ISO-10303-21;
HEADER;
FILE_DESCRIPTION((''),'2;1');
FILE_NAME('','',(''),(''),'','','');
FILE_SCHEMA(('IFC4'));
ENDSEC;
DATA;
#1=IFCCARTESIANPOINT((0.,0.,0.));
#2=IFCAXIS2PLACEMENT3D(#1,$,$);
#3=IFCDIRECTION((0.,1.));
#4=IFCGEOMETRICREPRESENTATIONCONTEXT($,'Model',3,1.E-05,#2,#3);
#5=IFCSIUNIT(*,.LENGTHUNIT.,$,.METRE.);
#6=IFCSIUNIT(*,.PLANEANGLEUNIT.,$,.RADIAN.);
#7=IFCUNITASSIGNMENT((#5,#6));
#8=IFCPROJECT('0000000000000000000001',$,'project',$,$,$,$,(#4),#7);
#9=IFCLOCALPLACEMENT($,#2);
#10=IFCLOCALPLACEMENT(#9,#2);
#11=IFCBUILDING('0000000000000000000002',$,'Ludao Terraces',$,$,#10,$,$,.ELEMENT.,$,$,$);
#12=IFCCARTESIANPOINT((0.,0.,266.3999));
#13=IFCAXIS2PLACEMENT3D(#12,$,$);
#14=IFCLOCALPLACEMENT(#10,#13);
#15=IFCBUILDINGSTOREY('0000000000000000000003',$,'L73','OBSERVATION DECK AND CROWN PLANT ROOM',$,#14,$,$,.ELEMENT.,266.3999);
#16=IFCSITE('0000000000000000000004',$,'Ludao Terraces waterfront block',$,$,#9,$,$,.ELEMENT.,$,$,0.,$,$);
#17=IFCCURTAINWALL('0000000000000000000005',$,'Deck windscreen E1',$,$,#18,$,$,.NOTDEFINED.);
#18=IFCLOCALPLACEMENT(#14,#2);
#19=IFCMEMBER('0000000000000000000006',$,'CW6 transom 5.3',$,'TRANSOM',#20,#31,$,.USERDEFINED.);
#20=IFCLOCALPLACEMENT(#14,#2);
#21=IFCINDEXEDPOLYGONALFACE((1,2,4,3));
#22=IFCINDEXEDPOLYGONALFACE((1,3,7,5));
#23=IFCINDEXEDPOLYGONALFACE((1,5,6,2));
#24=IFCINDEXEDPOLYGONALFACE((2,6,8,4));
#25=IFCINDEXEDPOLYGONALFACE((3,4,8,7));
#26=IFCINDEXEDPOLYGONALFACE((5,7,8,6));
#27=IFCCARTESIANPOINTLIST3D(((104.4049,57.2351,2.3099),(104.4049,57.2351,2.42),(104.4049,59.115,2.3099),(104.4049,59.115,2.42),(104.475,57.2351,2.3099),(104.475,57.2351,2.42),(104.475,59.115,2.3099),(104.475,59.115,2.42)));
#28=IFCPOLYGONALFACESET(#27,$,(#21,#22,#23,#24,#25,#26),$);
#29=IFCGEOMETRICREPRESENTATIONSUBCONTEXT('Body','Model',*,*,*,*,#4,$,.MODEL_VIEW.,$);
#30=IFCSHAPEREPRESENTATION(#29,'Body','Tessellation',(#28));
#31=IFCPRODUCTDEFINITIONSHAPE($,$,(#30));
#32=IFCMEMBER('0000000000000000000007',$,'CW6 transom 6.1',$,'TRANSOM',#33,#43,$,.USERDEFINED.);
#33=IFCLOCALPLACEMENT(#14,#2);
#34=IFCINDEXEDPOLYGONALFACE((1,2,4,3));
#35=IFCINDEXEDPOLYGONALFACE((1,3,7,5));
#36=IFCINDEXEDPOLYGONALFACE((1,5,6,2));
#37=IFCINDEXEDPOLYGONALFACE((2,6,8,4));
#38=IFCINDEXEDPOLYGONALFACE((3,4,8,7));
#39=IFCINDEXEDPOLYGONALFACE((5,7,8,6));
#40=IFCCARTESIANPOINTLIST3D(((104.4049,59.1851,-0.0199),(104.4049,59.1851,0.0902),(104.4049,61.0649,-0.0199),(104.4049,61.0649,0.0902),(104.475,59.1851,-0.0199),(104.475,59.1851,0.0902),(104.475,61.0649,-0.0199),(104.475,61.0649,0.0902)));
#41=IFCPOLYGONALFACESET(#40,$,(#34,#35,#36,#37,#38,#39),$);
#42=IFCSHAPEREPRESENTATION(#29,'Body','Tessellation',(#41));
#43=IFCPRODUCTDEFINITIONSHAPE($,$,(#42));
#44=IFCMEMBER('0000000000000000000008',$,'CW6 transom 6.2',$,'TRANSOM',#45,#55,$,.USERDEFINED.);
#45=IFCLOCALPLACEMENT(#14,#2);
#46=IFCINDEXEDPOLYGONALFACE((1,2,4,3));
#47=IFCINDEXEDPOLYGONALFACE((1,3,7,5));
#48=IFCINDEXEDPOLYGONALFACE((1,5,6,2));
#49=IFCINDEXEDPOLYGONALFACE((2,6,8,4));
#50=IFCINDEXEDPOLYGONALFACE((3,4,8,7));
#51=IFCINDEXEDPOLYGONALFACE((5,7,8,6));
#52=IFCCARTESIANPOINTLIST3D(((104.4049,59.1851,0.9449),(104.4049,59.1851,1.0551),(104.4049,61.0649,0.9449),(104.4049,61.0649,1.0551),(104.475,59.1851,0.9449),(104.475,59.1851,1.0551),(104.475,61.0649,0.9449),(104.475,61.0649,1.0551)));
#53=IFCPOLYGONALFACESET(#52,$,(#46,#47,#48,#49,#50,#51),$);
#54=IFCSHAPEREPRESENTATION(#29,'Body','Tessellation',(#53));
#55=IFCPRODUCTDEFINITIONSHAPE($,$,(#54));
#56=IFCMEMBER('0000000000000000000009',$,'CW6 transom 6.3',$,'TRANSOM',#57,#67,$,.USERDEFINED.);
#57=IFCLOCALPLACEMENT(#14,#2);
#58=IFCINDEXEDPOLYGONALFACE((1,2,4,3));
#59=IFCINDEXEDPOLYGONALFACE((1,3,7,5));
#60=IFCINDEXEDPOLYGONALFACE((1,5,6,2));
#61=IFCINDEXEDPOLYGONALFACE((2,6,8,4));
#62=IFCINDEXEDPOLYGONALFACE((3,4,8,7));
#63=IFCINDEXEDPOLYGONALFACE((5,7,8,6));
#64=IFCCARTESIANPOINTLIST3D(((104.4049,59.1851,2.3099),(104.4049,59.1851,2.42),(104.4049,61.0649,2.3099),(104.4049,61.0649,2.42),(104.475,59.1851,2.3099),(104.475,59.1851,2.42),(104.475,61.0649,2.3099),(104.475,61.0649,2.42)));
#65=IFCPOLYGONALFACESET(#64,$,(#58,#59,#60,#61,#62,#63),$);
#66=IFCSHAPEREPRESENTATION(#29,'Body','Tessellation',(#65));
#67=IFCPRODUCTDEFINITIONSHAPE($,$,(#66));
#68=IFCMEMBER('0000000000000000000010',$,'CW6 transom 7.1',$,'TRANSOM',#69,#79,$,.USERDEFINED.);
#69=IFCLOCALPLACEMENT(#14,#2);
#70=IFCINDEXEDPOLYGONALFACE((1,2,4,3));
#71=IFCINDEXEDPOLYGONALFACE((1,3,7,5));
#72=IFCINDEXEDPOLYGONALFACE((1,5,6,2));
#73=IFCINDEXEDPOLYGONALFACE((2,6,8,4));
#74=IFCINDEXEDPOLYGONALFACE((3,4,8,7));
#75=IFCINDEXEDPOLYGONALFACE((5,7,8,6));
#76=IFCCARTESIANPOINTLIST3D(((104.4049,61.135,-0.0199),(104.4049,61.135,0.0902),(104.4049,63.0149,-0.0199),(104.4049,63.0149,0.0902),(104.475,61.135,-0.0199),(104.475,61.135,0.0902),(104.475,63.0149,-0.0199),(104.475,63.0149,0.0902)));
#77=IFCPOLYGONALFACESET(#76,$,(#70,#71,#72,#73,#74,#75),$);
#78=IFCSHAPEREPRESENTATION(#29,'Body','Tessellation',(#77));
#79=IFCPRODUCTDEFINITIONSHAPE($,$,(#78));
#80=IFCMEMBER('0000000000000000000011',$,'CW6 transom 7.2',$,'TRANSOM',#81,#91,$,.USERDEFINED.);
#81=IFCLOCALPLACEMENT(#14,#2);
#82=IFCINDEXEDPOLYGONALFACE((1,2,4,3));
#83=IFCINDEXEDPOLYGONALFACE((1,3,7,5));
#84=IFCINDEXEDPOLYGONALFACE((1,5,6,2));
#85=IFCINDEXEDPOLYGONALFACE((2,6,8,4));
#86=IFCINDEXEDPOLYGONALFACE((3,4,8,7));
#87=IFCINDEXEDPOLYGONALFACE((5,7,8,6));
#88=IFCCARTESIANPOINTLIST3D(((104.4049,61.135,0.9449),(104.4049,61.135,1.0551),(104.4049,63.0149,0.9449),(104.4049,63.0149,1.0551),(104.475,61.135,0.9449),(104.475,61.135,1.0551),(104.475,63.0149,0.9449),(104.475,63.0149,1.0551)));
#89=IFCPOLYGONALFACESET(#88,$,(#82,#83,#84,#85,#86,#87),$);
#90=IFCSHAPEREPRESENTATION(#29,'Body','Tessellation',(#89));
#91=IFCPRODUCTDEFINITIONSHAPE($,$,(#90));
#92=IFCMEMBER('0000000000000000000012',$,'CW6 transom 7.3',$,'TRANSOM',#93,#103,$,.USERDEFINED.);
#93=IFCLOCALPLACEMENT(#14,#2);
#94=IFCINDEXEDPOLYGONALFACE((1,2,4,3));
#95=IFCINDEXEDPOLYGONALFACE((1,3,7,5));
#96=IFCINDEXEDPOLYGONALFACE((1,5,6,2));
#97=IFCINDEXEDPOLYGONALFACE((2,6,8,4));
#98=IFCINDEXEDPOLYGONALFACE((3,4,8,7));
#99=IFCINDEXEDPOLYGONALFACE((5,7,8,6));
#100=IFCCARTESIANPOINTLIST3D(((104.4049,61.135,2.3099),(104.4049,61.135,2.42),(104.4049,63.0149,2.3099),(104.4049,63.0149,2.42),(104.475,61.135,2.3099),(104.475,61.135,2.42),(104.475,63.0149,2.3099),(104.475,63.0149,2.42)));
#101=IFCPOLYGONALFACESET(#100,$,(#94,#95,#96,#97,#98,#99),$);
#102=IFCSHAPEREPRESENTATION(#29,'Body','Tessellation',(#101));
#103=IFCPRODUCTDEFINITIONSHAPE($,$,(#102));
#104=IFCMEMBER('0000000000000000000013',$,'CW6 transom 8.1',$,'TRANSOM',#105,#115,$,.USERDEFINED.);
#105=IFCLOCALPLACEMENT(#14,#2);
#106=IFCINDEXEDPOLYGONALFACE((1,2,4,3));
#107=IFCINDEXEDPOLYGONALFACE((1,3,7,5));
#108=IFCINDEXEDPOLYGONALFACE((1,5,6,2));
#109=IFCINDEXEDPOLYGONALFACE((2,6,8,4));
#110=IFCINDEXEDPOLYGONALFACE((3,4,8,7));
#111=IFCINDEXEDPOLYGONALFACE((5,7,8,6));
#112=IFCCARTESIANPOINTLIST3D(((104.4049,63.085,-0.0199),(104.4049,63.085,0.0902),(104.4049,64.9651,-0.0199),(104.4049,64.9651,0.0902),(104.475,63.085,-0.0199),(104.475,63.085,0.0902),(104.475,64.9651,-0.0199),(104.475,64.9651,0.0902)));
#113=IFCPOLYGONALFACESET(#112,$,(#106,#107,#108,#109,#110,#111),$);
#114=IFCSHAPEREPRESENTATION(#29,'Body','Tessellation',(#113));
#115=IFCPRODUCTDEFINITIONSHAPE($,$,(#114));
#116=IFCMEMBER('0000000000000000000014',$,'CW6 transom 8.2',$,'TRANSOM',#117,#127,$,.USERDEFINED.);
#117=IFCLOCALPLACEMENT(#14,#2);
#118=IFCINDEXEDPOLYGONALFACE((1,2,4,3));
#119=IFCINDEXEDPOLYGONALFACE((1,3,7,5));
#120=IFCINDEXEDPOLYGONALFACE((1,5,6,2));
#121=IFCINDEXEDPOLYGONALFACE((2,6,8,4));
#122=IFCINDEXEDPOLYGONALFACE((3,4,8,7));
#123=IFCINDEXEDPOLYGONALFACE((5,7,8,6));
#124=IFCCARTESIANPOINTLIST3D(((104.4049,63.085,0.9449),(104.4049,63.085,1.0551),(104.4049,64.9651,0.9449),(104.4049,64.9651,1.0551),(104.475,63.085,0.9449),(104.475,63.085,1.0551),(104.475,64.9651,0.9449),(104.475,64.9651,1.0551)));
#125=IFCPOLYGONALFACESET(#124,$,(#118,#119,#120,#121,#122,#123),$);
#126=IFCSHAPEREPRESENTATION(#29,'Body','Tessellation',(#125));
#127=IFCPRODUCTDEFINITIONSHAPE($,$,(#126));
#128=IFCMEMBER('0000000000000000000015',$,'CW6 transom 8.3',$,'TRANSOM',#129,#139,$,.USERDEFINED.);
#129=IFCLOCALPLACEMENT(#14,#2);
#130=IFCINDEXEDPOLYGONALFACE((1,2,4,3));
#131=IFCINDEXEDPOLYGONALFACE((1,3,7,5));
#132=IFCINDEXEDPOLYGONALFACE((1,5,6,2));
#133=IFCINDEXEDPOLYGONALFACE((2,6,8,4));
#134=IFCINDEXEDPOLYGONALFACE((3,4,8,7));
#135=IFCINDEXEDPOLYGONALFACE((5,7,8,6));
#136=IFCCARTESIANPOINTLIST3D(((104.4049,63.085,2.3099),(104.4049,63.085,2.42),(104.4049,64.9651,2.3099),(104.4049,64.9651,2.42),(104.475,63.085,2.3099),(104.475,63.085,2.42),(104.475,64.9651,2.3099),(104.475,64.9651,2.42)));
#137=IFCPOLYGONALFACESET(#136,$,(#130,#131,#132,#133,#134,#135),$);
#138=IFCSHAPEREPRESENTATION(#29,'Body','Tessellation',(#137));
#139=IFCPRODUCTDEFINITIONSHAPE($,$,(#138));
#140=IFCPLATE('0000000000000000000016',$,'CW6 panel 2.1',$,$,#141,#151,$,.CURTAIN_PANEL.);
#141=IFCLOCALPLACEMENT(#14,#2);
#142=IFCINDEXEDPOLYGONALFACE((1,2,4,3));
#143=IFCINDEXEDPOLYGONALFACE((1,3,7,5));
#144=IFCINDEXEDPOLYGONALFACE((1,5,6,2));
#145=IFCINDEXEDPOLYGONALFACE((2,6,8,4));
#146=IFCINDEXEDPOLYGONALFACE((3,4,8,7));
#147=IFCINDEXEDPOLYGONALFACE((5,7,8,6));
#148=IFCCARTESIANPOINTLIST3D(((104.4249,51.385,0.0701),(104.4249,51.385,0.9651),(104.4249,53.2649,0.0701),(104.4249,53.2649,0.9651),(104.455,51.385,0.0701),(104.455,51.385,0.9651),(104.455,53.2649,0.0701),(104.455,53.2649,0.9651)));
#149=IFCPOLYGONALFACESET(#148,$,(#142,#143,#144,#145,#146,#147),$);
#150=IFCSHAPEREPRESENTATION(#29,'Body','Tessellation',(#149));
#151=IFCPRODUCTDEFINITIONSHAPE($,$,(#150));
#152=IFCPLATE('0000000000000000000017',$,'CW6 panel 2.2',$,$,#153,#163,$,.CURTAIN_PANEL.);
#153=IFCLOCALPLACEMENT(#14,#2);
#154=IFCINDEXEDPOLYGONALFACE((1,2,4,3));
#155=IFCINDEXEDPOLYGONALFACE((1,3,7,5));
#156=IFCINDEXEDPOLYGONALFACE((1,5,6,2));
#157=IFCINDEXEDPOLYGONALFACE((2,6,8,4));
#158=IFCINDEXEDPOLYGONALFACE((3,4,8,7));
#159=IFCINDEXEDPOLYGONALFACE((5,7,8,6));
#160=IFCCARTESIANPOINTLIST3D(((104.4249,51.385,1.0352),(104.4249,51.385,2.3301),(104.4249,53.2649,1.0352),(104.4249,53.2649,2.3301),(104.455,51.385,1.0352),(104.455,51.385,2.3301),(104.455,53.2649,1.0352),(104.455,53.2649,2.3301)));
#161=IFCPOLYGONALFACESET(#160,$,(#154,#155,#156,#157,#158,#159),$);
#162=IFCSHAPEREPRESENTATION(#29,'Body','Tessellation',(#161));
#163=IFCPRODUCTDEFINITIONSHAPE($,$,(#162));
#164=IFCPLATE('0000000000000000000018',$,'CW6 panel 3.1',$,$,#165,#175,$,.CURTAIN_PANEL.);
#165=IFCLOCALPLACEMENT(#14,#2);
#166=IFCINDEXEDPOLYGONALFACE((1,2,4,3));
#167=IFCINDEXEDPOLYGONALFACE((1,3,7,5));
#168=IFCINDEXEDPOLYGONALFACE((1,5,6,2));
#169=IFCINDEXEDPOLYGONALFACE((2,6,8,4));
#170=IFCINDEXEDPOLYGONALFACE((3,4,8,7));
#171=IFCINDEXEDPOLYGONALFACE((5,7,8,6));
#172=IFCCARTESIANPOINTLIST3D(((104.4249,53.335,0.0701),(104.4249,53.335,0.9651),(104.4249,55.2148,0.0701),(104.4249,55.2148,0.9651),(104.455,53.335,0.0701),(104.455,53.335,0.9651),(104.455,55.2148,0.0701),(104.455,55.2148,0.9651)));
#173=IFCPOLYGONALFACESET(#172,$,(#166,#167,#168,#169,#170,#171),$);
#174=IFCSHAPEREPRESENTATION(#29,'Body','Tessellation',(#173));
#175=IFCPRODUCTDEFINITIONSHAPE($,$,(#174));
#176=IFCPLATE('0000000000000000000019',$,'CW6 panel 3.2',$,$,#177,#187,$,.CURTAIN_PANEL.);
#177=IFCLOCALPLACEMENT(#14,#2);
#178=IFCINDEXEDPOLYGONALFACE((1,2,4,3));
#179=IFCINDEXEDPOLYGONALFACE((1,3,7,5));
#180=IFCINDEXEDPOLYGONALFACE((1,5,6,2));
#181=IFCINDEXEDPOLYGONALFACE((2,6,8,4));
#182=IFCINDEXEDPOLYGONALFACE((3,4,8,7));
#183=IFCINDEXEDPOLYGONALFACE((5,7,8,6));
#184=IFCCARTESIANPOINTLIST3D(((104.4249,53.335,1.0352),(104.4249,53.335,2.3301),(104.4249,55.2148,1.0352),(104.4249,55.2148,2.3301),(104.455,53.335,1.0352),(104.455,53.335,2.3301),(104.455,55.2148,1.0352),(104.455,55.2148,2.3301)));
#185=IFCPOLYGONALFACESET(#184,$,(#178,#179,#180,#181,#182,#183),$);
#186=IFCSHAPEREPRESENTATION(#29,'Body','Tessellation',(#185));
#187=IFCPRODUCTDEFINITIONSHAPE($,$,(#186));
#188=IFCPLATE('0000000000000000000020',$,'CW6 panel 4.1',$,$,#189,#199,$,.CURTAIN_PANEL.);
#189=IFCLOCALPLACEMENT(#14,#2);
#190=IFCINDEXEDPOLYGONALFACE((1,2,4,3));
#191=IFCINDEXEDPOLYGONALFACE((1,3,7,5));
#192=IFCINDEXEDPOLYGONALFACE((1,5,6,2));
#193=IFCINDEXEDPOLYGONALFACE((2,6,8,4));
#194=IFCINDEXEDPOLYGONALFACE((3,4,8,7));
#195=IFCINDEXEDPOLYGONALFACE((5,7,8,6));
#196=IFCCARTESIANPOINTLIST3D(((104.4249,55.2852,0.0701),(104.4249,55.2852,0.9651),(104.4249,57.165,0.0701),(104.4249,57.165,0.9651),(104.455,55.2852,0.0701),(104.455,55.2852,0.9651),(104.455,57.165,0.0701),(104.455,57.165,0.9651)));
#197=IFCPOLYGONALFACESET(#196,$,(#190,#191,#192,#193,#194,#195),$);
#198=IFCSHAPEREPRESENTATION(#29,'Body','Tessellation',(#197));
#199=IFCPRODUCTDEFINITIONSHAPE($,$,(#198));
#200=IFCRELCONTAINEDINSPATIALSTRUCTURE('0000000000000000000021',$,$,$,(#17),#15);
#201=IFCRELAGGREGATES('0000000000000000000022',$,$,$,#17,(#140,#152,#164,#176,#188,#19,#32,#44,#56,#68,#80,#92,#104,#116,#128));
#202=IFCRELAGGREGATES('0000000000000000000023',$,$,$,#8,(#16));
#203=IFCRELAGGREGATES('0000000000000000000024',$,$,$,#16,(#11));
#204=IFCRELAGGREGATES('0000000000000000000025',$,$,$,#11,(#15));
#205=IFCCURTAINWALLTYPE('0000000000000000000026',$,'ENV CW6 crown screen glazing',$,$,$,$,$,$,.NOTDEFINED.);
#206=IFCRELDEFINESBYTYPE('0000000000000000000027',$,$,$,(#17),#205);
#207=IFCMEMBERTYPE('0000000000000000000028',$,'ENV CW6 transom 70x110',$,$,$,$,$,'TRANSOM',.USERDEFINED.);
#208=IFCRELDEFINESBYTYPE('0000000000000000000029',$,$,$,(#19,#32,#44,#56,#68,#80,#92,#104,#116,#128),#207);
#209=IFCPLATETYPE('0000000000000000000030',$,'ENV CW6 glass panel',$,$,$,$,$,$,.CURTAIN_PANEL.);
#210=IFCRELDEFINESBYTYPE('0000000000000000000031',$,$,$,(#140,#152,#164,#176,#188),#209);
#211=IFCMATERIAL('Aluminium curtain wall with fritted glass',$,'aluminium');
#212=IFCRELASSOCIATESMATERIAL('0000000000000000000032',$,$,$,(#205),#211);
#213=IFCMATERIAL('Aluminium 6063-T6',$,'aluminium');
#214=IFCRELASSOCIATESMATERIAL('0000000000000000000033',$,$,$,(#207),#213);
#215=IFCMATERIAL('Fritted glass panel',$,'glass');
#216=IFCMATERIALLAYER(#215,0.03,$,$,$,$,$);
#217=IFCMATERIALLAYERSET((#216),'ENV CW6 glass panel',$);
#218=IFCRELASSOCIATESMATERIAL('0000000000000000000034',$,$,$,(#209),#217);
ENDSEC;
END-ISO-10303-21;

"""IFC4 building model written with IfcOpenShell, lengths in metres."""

from ifc_helpers import new_model, si_unit, direction, frame, origin, origin_2d, place, context, subcontext, project, spatial, rectangle, extrude, material, layer, layer_set, material_profile, profile_set, type_object, element, aggregate, save


model = new_model("IFC4")

# Units and contexts
model_context = context("Model", 3, precision=1e-05, world=origin(), true_north=direction((0.0, 1.0)))
body_context = subcontext(model_context, "Body", "Model", "MODEL_VIEW")
ifc_project = project(units=[si_unit("LENGTHUNIT", "METRE"), si_unit("PLANEANGLEUNIT", "RADIAN")], contexts=[model_context])

# Site, building, storey
site_placement = place(None, origin())
site = spatial("IfcSite", under=ifc_project, at=site_placement, Name="Ludao Terraces waterfront block", CompositionType="ELEMENT", RefElevation=0.0)
building_placement = place(site_placement, origin())
building = spatial("IfcBuilding", under=site, at=building_placement, Name="Ludao Terraces", CompositionType="ELEMENT")
storey_placement = place(building_placement, frame((0.0, 0.0, 266.3999)))
storey = spatial("IfcBuildingStorey", under=building, at=storey_placement, Name="L73", Description="OBSERVATION DECK AND CROWN PLANT ROOM", CompositionType="ELEMENT", Elevation=266.3999)

# Curtain wall, members, plates
ifc_material_1 = material(Name="Aluminium curtain wall with fritted glass", Category="aluminium")
curtain_wall_type = type_object("IfcCurtainWallType", Name="ENV CW6 crown screen glazing", PredefinedType="NOTDEFINED", material=ifc_material_1)
curtain_wall_placement = place(storey_placement, origin())
curtain_wall = element("IfcCurtainWall", 1, at=curtain_wall_placement, inside=storey, type_object=curtain_wall_type, Name="Deck windscreen E1", PredefinedType="NOTDEFINED")
ifc_material_2 = material(Name="Aluminium 6063-T6", Category="aluminium")
ifc_material_profile_1 = material_profile(ifc_material_2, rectangle(XDim=0.0701, YDim=0.1101, at=origin_2d()), Name="70 X 110")
ifc_profile_set_1 = profile_set([ifc_material_profile_1], Name="Aluminium 6063-T6")
member_type_1 = type_object("IfcMemberType", Name="ENV CW6 transom 70x110", ElementType="TRANSOM", PredefinedType="USERDEFINED", material=ifc_profile_set_1)
member_1_placement = place(storey_placement, frame((104.4399, 57.2351, 2.365), z_axis=(0.0, 1.0, 0.0), x_axis=(-1.0, 0.0, 0.0)))
member_1 = element("IfcMember", 2, at=member_1_placement, type_object=member_type_1, Name="CW6 transom 5.3", ObjectType="TRANSOM", PredefinedType="USERDEFINED", context=body_context, shape_type="SweptSolid", body=[
    extrude(rectangle(XDim=0.0701, YDim=0.1101, at=origin_2d()), origin(), (0.0, 0.0, 1.0), 1.8799),
])
member_2_placement = place(storey_placement, frame((104.4399, 59.1851, 0.0352), z_axis=(0.0, 1.0, 0.0), x_axis=(-1.0, 0.0, 0.0)))
member_2 = element("IfcMember", 3, at=member_2_placement, type_object=member_type_1, Name="CW6 transom 6.1", ObjectType="TRANSOM", PredefinedType="USERDEFINED", context=body_context, shape_type="SweptSolid", body=[
    extrude(rectangle(XDim=0.0701, YDim=0.1101, at=origin_2d()), origin(), (0.0, 0.0, 1.0), 1.8799),
])
member_3_placement = place(storey_placement, frame((104.4399, 59.1851, 1.0), z_axis=(0.0, 1.0, 0.0), x_axis=(-1.0, 0.0, 0.0)))
member_3 = element("IfcMember", 4, at=member_3_placement, type_object=member_type_1, Name="CW6 transom 6.2", ObjectType="TRANSOM", PredefinedType="USERDEFINED", context=body_context, shape_type="SweptSolid", body=[
    extrude(rectangle(XDim=0.0701, YDim=0.1101, at=origin_2d()), origin(), (0.0, 0.0, 1.0), 1.8799),
])
member_4_placement = place(storey_placement, frame((104.4399, 59.1851, 2.365), z_axis=(0.0, 1.0, 0.0), x_axis=(-1.0, 0.0, 0.0)))
member_4 = element("IfcMember", 5, at=member_4_placement, type_object=member_type_1, Name="CW6 transom 6.3", ObjectType="TRANSOM", PredefinedType="USERDEFINED", context=body_context, shape_type="SweptSolid", body=[
    extrude(rectangle(XDim=0.0701, YDim=0.1101, at=origin_2d()), origin(), (0.0, 0.0, 1.0), 1.8799),
])
member_5_placement = place(storey_placement, frame((104.4399, 61.135, 0.0352), z_axis=(0.0, 1.0, 0.0), x_axis=(-1.0, 0.0, 0.0)))
member_5 = element("IfcMember", 6, at=member_5_placement, type_object=member_type_1, Name="CW6 transom 7.1", ObjectType="TRANSOM", PredefinedType="USERDEFINED", context=body_context, shape_type="SweptSolid", body=[
    extrude(rectangle(XDim=0.0701, YDim=0.1101, at=origin_2d()), origin(), (0.0, 0.0, 1.0), 1.8799),
])
member_6_placement = place(storey_placement, frame((104.4399, 61.135, 1.0), z_axis=(0.0, 1.0, 0.0), x_axis=(-1.0, 0.0, 0.0)))
member_6 = element("IfcMember", 7, at=member_6_placement, type_object=member_type_1, Name="CW6 transom 7.2", ObjectType="TRANSOM", PredefinedType="USERDEFINED", context=body_context, shape_type="SweptSolid", body=[
    extrude(rectangle(XDim=0.0701, YDim=0.1101, at=origin_2d()), origin(), (0.0, 0.0, 1.0), 1.8799),
])
member_7_placement = place(storey_placement, frame((104.4399, 61.135, 2.365), z_axis=(0.0, 1.0, 0.0), x_axis=(-1.0, 0.0, 0.0)))
member_7 = element("IfcMember", 8, at=member_7_placement, type_object=member_type_1, Name="CW6 transom 7.3", ObjectType="TRANSOM", PredefinedType="USERDEFINED", context=body_context, shape_type="SweptSolid", body=[
    extrude(rectangle(XDim=0.0701, YDim=0.1101, at=origin_2d()), origin(), (0.0, 0.0, 1.0), 1.8799),
])
member_8_placement = place(storey_placement, frame((104.4399, 63.085, 0.0352), z_axis=(0.0, 1.0, 0.0), x_axis=(-1.0, 0.0, 0.0)))
member_8 = element("IfcMember", 9, at=member_8_placement, type_object=member_type_1, Name="CW6 transom 8.1", ObjectType="TRANSOM", PredefinedType="USERDEFINED", context=body_context, shape_type="SweptSolid", body=[
    extrude(rectangle(XDim=0.0701, YDim=0.1101, at=origin_2d()), origin(), (0.0, 0.0, 1.0), 1.8801),
])
member_9_placement = place(storey_placement, frame((104.4399, 63.085, 1.0), z_axis=(0.0, 1.0, 0.0), x_axis=(-1.0, 0.0, 0.0)))
member_9 = element("IfcMember", 10, at=member_9_placement, type_object=member_type_1, Name="CW6 transom 8.2", ObjectType="TRANSOM", PredefinedType="USERDEFINED", context=body_context, shape_type="SweptSolid", body=[
    extrude(rectangle(XDim=0.0701, YDim=0.1101, at=origin_2d()), origin(), (0.0, 0.0, 1.0), 1.8801),
])
member_10_placement = place(storey_placement, frame((104.4399, 63.085, 2.365), z_axis=(0.0, 1.0, 0.0), x_axis=(-1.0, 0.0, 0.0)))
member_10 = element("IfcMember", 11, at=member_10_placement, type_object=member_type_1, Name="CW6 transom 8.3", ObjectType="TRANSOM", PredefinedType="USERDEFINED", context=body_context, shape_type="SweptSolid", body=[
    extrude(rectangle(XDim=0.0701, YDim=0.1101, at=origin_2d()), origin(), (0.0, 0.0, 1.0), 1.8801),
])
ifc_material_3 = material(Name="Fritted glass panel", Category="glass")
ifc_layer_1 = layer(ifc_material_3, 0.03)
ifc_layer_set_1 = layer_set([ifc_layer_1], Name="ENV CW6 glass panel")
plate_type = type_object("IfcPlateType", Name="ENV CW6 glass panel", PredefinedType="CURTAIN_PANEL", material=ifc_layer_set_1)
plate_1_placement = place(storey_placement, frame((104.4399, 52.325, 0.0701), z_axis=(0.0, 0.0, 1.0), x_axis=(0.0, 1.0, 0.0)))
plate_1 = element("IfcPlate", 12, at=plate_1_placement, type_object=plate_type, Name="CW6 panel 2.1", PredefinedType="CURTAIN_PANEL", context=body_context, shape_type="SweptSolid", body=[
    extrude(rectangle(XDim=1.8799, YDim=0.03, at=origin_2d()), origin(), (0.0, 0.0, 1.0), 0.895),
])
plate_2_placement = place(storey_placement, frame((104.4399, 52.325, 1.0352), z_axis=(0.0, 0.0, 1.0), x_axis=(0.0, 1.0, 0.0)))
plate_2 = element("IfcPlate", 13, at=plate_2_placement, type_object=plate_type, Name="CW6 panel 2.2", PredefinedType="CURTAIN_PANEL", context=body_context, shape_type="SweptSolid", body=[
    extrude(rectangle(XDim=1.8799, YDim=0.03, at=origin_2d()), origin(), (0.0, 0.0, 1.0), 1.2949),
])
plate_3_placement = place(storey_placement, frame((104.4399, 54.2749, 0.0701), z_axis=(0.0, 0.0, 1.0), x_axis=(0.0, 1.0, 0.0)))
plate_3 = element("IfcPlate", 14, at=plate_3_placement, type_object=plate_type, Name="CW6 panel 3.1", PredefinedType="CURTAIN_PANEL", context=body_context, shape_type="SweptSolid", body=[
    extrude(rectangle(XDim=1.8799, YDim=0.03, at=origin_2d()), origin(), (0.0, 0.0, 1.0), 0.895),
])
plate_4_placement = place(storey_placement, frame((104.4399, 54.2749, 1.0352), z_axis=(0.0, 0.0, 1.0), x_axis=(0.0, 1.0, 0.0)))
plate_4 = element("IfcPlate", 15, at=plate_4_placement, type_object=plate_type, Name="CW6 panel 3.2", PredefinedType="CURTAIN_PANEL", context=body_context, shape_type="SweptSolid", body=[
    extrude(rectangle(XDim=1.8799, YDim=0.03, at=origin_2d()), origin(), (0.0, 0.0, 1.0), 1.2949),
])
plate_5_placement = place(storey_placement, frame((104.4399, 56.2251, 0.0701), z_axis=(0.0, 0.0, 1.0), x_axis=(0.0, 1.0, 0.0)))
plate_5 = element("IfcPlate", 16, at=plate_5_placement, type_object=plate_type, Name="CW6 panel 4.1", PredefinedType="CURTAIN_PANEL", context=body_context, shape_type="SweptSolid", body=[
    extrude(rectangle(XDim=1.8799, YDim=0.03, at=origin_2d()), origin(), (0.0, 0.0, 1.0), 0.895),
])
aggregate(curtain_wall, [plate_1, plate_2, plate_3, plate_4, plate_5, member_1, member_2, member_3, member_4, member_5, member_6, member_7, member_8, member_9, member_10])

save(model, "model.ifc")
